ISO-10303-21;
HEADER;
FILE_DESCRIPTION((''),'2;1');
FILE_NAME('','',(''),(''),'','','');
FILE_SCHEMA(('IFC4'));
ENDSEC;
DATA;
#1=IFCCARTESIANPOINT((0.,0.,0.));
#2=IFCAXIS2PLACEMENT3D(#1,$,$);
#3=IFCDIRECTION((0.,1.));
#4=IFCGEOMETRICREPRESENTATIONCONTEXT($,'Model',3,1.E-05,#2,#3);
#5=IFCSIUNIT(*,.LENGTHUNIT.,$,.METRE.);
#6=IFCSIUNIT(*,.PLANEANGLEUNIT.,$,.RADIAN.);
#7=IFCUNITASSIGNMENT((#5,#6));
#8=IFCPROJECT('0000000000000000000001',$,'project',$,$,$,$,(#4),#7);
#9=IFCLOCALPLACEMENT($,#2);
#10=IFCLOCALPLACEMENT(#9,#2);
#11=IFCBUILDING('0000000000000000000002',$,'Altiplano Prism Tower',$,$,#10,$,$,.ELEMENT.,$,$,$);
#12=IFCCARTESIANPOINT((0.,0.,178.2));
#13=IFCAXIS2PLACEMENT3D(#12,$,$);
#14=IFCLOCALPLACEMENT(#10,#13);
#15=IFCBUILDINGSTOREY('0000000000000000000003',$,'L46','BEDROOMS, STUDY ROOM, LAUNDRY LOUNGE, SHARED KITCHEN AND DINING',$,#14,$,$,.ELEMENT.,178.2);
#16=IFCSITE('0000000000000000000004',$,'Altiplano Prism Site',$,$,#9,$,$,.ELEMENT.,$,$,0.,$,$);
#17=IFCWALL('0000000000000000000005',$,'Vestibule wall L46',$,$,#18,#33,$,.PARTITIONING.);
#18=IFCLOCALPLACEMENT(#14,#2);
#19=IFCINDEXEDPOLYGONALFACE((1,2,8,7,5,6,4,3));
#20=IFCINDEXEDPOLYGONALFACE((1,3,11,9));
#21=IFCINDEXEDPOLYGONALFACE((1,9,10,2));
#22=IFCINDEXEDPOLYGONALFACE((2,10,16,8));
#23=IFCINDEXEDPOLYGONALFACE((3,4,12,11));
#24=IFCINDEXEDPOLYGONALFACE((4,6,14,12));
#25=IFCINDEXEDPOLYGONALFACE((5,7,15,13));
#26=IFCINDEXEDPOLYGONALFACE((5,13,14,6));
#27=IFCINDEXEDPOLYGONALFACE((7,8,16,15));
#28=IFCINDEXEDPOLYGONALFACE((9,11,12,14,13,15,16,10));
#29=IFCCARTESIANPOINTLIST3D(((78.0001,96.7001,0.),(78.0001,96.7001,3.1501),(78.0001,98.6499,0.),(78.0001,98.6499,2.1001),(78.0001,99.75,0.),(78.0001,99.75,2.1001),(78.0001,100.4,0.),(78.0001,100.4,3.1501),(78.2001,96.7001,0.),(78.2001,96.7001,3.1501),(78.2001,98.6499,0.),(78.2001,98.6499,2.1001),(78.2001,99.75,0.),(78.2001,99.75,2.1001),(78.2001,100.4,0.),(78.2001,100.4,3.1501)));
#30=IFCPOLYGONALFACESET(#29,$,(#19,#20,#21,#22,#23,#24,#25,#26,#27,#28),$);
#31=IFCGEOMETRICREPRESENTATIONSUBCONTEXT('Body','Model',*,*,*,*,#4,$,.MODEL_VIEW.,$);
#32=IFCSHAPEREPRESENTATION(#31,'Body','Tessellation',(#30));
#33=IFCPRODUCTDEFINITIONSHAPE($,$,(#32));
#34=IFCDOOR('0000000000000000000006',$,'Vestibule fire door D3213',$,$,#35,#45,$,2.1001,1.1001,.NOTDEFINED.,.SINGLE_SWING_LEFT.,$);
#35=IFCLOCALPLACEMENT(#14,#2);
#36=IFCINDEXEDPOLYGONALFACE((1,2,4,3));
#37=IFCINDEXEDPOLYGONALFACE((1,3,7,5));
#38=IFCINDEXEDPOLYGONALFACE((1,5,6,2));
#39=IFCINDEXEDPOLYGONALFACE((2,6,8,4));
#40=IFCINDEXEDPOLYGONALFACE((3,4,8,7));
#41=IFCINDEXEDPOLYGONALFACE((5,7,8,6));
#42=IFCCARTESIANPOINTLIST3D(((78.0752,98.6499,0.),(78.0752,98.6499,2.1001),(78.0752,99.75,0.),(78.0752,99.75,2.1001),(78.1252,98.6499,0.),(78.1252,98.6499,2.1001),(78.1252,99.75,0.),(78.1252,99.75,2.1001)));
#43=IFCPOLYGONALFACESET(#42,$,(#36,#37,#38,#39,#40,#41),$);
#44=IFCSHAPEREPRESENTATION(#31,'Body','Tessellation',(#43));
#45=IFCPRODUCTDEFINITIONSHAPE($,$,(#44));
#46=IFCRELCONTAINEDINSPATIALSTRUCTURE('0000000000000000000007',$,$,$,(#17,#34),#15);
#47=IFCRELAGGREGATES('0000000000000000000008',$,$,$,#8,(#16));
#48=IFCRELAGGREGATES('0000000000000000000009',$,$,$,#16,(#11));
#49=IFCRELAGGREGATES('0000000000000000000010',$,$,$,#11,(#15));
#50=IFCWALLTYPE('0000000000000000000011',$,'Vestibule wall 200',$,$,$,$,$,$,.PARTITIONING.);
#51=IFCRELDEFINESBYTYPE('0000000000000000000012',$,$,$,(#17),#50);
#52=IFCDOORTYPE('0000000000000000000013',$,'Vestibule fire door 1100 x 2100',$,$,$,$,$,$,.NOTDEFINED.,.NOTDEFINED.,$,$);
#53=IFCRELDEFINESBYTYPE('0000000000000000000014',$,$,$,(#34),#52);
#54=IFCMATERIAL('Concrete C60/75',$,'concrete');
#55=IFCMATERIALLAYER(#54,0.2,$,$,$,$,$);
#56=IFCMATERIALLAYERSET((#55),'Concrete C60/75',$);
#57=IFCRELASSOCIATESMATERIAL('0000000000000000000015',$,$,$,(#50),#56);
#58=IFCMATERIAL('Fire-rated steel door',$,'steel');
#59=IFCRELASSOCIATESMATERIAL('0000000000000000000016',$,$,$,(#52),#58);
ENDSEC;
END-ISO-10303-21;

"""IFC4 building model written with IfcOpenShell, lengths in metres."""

from ifc_helpers import new_model, si_unit, direction, frame, frame_2d, origin, place, context, subcontext, project, spatial, rectangle, extrude, material, layer, layer_set, type_object, element, fill, save


model = new_model("IFC4")

# Units and contexts
model_context = context("Model", 3, precision=1e-05, world=origin(), true_north=direction((0.0, 1.0)))
body_context = subcontext(model_context, "Body", "Model", "MODEL_VIEW")
ifc_project = project(units=[si_unit("LENGTHUNIT", "METRE"), si_unit("PLANEANGLEUNIT", "RADIAN")], contexts=[model_context])

# Site, building, storey
site_placement = place(None, origin())
site = spatial("IfcSite", under=ifc_project, at=site_placement, Name="Altiplano Prism Site", CompositionType="ELEMENT", RefElevation=0.0)
building_placement = place(site_placement, origin())
building = spatial("IfcBuilding", under=site, at=building_placement, Name="Altiplano Prism Tower", CompositionType="ELEMENT")
storey_placement = place(building_placement, frame((0.0, 0.0, 178.2)))
storey = spatial("IfcBuildingStorey", under=building, at=storey_placement, Name="L46", Description="BEDROOMS, STUDY ROOM, LAUNDRY LOUNGE, SHARED KITCHEN AND DINING", CompositionType="ELEMENT", Elevation=178.2)

# Shared definitions
ifc_material_1 = material(Name="Concrete C60/75", Category="concrete")

# Shared definitions
ifc_material_2 = material(Name="Fire-rated steel door", Category="steel")

# Shared definitions
ifc_layer_1 = layer(ifc_material_1, 0.2)
ifc_layer_set_1 = layer_set([ifc_layer_1], Name="Concrete C60/75")
wall_type_1 = type_object("IfcWallType", Name="Vestibule wall 200", PredefinedType="PARTITIONING", material=ifc_layer_set_1)

# Wall, opening, door
wall_1_placement = place(storey_placement, frame((78.1001, 96.7, 0.0), z_axis=(0.0, 0.0, 1.0), x_axis=(0.0, 1.0, 0.0)))
wall_1 = element("IfcWall", 1, at=wall_1_placement, inside=storey, type_object=wall_type_1, Name="Vestibule wall L46", PredefinedType="PARTITIONING", context=body_context, shape_type="SweptSolid", body=[
    extrude(rectangle(XDim=3.7, YDim=0.2, at=frame_2d((1.8501, 0.0))), origin(), (0.0, 0.0, 1.0), 3.1501),
])
opening_1_placement = place(wall_1_placement, frame((1.95, 0.0, 0.0)))
opening_1 = element("IfcOpeningElement", 2, at=opening_1_placement, cuts=wall_1, PredefinedType="OPENING", context=body_context, shape_type="SweptSolid", body=[
    extrude(rectangle(XDim=1.1001, YDim=2.1001, at=frame_2d((0.55, 1.05))), frame((0.0, 0.1104, 0.0), z_axis=(0.0, -1.0, 0.0), x_axis=(1.0, 0.0, 0.0)), (0.0, 0.0, 1.0), 0.2209),
])
door_type_1 = type_object("IfcDoorType", Name="Vestibule fire door 1100 x 2100", OperationType="NOTDEFINED", PredefinedType="NOTDEFINED", material=ifc_material_2)
door_1_placement = place(opening_1_placement, origin())
door_1 = element("IfcDoor", 3, at=door_1_placement, inside=storey, type_object=door_type_1, Name="Vestibule fire door D3213", OperationType="SINGLE_SWING_LEFT", OverallHeight=2.1001, OverallWidth=1.1001, PredefinedType="NOTDEFINED", context=body_context, shape_type="SweptSolid", body=[
    extrude(rectangle(XDim=1.1001, YDim=2.1001, at=frame_2d((0.55, 1.05))), frame((0.0, 0.0249, 0.0), z_axis=(0.0, -1.0, 0.0), x_axis=(1.0, 0.0, 0.0)), (0.0, 0.0, 1.0), 0.05),
])
fill(opening_1, door_1)

save(model, "model.ifc")
